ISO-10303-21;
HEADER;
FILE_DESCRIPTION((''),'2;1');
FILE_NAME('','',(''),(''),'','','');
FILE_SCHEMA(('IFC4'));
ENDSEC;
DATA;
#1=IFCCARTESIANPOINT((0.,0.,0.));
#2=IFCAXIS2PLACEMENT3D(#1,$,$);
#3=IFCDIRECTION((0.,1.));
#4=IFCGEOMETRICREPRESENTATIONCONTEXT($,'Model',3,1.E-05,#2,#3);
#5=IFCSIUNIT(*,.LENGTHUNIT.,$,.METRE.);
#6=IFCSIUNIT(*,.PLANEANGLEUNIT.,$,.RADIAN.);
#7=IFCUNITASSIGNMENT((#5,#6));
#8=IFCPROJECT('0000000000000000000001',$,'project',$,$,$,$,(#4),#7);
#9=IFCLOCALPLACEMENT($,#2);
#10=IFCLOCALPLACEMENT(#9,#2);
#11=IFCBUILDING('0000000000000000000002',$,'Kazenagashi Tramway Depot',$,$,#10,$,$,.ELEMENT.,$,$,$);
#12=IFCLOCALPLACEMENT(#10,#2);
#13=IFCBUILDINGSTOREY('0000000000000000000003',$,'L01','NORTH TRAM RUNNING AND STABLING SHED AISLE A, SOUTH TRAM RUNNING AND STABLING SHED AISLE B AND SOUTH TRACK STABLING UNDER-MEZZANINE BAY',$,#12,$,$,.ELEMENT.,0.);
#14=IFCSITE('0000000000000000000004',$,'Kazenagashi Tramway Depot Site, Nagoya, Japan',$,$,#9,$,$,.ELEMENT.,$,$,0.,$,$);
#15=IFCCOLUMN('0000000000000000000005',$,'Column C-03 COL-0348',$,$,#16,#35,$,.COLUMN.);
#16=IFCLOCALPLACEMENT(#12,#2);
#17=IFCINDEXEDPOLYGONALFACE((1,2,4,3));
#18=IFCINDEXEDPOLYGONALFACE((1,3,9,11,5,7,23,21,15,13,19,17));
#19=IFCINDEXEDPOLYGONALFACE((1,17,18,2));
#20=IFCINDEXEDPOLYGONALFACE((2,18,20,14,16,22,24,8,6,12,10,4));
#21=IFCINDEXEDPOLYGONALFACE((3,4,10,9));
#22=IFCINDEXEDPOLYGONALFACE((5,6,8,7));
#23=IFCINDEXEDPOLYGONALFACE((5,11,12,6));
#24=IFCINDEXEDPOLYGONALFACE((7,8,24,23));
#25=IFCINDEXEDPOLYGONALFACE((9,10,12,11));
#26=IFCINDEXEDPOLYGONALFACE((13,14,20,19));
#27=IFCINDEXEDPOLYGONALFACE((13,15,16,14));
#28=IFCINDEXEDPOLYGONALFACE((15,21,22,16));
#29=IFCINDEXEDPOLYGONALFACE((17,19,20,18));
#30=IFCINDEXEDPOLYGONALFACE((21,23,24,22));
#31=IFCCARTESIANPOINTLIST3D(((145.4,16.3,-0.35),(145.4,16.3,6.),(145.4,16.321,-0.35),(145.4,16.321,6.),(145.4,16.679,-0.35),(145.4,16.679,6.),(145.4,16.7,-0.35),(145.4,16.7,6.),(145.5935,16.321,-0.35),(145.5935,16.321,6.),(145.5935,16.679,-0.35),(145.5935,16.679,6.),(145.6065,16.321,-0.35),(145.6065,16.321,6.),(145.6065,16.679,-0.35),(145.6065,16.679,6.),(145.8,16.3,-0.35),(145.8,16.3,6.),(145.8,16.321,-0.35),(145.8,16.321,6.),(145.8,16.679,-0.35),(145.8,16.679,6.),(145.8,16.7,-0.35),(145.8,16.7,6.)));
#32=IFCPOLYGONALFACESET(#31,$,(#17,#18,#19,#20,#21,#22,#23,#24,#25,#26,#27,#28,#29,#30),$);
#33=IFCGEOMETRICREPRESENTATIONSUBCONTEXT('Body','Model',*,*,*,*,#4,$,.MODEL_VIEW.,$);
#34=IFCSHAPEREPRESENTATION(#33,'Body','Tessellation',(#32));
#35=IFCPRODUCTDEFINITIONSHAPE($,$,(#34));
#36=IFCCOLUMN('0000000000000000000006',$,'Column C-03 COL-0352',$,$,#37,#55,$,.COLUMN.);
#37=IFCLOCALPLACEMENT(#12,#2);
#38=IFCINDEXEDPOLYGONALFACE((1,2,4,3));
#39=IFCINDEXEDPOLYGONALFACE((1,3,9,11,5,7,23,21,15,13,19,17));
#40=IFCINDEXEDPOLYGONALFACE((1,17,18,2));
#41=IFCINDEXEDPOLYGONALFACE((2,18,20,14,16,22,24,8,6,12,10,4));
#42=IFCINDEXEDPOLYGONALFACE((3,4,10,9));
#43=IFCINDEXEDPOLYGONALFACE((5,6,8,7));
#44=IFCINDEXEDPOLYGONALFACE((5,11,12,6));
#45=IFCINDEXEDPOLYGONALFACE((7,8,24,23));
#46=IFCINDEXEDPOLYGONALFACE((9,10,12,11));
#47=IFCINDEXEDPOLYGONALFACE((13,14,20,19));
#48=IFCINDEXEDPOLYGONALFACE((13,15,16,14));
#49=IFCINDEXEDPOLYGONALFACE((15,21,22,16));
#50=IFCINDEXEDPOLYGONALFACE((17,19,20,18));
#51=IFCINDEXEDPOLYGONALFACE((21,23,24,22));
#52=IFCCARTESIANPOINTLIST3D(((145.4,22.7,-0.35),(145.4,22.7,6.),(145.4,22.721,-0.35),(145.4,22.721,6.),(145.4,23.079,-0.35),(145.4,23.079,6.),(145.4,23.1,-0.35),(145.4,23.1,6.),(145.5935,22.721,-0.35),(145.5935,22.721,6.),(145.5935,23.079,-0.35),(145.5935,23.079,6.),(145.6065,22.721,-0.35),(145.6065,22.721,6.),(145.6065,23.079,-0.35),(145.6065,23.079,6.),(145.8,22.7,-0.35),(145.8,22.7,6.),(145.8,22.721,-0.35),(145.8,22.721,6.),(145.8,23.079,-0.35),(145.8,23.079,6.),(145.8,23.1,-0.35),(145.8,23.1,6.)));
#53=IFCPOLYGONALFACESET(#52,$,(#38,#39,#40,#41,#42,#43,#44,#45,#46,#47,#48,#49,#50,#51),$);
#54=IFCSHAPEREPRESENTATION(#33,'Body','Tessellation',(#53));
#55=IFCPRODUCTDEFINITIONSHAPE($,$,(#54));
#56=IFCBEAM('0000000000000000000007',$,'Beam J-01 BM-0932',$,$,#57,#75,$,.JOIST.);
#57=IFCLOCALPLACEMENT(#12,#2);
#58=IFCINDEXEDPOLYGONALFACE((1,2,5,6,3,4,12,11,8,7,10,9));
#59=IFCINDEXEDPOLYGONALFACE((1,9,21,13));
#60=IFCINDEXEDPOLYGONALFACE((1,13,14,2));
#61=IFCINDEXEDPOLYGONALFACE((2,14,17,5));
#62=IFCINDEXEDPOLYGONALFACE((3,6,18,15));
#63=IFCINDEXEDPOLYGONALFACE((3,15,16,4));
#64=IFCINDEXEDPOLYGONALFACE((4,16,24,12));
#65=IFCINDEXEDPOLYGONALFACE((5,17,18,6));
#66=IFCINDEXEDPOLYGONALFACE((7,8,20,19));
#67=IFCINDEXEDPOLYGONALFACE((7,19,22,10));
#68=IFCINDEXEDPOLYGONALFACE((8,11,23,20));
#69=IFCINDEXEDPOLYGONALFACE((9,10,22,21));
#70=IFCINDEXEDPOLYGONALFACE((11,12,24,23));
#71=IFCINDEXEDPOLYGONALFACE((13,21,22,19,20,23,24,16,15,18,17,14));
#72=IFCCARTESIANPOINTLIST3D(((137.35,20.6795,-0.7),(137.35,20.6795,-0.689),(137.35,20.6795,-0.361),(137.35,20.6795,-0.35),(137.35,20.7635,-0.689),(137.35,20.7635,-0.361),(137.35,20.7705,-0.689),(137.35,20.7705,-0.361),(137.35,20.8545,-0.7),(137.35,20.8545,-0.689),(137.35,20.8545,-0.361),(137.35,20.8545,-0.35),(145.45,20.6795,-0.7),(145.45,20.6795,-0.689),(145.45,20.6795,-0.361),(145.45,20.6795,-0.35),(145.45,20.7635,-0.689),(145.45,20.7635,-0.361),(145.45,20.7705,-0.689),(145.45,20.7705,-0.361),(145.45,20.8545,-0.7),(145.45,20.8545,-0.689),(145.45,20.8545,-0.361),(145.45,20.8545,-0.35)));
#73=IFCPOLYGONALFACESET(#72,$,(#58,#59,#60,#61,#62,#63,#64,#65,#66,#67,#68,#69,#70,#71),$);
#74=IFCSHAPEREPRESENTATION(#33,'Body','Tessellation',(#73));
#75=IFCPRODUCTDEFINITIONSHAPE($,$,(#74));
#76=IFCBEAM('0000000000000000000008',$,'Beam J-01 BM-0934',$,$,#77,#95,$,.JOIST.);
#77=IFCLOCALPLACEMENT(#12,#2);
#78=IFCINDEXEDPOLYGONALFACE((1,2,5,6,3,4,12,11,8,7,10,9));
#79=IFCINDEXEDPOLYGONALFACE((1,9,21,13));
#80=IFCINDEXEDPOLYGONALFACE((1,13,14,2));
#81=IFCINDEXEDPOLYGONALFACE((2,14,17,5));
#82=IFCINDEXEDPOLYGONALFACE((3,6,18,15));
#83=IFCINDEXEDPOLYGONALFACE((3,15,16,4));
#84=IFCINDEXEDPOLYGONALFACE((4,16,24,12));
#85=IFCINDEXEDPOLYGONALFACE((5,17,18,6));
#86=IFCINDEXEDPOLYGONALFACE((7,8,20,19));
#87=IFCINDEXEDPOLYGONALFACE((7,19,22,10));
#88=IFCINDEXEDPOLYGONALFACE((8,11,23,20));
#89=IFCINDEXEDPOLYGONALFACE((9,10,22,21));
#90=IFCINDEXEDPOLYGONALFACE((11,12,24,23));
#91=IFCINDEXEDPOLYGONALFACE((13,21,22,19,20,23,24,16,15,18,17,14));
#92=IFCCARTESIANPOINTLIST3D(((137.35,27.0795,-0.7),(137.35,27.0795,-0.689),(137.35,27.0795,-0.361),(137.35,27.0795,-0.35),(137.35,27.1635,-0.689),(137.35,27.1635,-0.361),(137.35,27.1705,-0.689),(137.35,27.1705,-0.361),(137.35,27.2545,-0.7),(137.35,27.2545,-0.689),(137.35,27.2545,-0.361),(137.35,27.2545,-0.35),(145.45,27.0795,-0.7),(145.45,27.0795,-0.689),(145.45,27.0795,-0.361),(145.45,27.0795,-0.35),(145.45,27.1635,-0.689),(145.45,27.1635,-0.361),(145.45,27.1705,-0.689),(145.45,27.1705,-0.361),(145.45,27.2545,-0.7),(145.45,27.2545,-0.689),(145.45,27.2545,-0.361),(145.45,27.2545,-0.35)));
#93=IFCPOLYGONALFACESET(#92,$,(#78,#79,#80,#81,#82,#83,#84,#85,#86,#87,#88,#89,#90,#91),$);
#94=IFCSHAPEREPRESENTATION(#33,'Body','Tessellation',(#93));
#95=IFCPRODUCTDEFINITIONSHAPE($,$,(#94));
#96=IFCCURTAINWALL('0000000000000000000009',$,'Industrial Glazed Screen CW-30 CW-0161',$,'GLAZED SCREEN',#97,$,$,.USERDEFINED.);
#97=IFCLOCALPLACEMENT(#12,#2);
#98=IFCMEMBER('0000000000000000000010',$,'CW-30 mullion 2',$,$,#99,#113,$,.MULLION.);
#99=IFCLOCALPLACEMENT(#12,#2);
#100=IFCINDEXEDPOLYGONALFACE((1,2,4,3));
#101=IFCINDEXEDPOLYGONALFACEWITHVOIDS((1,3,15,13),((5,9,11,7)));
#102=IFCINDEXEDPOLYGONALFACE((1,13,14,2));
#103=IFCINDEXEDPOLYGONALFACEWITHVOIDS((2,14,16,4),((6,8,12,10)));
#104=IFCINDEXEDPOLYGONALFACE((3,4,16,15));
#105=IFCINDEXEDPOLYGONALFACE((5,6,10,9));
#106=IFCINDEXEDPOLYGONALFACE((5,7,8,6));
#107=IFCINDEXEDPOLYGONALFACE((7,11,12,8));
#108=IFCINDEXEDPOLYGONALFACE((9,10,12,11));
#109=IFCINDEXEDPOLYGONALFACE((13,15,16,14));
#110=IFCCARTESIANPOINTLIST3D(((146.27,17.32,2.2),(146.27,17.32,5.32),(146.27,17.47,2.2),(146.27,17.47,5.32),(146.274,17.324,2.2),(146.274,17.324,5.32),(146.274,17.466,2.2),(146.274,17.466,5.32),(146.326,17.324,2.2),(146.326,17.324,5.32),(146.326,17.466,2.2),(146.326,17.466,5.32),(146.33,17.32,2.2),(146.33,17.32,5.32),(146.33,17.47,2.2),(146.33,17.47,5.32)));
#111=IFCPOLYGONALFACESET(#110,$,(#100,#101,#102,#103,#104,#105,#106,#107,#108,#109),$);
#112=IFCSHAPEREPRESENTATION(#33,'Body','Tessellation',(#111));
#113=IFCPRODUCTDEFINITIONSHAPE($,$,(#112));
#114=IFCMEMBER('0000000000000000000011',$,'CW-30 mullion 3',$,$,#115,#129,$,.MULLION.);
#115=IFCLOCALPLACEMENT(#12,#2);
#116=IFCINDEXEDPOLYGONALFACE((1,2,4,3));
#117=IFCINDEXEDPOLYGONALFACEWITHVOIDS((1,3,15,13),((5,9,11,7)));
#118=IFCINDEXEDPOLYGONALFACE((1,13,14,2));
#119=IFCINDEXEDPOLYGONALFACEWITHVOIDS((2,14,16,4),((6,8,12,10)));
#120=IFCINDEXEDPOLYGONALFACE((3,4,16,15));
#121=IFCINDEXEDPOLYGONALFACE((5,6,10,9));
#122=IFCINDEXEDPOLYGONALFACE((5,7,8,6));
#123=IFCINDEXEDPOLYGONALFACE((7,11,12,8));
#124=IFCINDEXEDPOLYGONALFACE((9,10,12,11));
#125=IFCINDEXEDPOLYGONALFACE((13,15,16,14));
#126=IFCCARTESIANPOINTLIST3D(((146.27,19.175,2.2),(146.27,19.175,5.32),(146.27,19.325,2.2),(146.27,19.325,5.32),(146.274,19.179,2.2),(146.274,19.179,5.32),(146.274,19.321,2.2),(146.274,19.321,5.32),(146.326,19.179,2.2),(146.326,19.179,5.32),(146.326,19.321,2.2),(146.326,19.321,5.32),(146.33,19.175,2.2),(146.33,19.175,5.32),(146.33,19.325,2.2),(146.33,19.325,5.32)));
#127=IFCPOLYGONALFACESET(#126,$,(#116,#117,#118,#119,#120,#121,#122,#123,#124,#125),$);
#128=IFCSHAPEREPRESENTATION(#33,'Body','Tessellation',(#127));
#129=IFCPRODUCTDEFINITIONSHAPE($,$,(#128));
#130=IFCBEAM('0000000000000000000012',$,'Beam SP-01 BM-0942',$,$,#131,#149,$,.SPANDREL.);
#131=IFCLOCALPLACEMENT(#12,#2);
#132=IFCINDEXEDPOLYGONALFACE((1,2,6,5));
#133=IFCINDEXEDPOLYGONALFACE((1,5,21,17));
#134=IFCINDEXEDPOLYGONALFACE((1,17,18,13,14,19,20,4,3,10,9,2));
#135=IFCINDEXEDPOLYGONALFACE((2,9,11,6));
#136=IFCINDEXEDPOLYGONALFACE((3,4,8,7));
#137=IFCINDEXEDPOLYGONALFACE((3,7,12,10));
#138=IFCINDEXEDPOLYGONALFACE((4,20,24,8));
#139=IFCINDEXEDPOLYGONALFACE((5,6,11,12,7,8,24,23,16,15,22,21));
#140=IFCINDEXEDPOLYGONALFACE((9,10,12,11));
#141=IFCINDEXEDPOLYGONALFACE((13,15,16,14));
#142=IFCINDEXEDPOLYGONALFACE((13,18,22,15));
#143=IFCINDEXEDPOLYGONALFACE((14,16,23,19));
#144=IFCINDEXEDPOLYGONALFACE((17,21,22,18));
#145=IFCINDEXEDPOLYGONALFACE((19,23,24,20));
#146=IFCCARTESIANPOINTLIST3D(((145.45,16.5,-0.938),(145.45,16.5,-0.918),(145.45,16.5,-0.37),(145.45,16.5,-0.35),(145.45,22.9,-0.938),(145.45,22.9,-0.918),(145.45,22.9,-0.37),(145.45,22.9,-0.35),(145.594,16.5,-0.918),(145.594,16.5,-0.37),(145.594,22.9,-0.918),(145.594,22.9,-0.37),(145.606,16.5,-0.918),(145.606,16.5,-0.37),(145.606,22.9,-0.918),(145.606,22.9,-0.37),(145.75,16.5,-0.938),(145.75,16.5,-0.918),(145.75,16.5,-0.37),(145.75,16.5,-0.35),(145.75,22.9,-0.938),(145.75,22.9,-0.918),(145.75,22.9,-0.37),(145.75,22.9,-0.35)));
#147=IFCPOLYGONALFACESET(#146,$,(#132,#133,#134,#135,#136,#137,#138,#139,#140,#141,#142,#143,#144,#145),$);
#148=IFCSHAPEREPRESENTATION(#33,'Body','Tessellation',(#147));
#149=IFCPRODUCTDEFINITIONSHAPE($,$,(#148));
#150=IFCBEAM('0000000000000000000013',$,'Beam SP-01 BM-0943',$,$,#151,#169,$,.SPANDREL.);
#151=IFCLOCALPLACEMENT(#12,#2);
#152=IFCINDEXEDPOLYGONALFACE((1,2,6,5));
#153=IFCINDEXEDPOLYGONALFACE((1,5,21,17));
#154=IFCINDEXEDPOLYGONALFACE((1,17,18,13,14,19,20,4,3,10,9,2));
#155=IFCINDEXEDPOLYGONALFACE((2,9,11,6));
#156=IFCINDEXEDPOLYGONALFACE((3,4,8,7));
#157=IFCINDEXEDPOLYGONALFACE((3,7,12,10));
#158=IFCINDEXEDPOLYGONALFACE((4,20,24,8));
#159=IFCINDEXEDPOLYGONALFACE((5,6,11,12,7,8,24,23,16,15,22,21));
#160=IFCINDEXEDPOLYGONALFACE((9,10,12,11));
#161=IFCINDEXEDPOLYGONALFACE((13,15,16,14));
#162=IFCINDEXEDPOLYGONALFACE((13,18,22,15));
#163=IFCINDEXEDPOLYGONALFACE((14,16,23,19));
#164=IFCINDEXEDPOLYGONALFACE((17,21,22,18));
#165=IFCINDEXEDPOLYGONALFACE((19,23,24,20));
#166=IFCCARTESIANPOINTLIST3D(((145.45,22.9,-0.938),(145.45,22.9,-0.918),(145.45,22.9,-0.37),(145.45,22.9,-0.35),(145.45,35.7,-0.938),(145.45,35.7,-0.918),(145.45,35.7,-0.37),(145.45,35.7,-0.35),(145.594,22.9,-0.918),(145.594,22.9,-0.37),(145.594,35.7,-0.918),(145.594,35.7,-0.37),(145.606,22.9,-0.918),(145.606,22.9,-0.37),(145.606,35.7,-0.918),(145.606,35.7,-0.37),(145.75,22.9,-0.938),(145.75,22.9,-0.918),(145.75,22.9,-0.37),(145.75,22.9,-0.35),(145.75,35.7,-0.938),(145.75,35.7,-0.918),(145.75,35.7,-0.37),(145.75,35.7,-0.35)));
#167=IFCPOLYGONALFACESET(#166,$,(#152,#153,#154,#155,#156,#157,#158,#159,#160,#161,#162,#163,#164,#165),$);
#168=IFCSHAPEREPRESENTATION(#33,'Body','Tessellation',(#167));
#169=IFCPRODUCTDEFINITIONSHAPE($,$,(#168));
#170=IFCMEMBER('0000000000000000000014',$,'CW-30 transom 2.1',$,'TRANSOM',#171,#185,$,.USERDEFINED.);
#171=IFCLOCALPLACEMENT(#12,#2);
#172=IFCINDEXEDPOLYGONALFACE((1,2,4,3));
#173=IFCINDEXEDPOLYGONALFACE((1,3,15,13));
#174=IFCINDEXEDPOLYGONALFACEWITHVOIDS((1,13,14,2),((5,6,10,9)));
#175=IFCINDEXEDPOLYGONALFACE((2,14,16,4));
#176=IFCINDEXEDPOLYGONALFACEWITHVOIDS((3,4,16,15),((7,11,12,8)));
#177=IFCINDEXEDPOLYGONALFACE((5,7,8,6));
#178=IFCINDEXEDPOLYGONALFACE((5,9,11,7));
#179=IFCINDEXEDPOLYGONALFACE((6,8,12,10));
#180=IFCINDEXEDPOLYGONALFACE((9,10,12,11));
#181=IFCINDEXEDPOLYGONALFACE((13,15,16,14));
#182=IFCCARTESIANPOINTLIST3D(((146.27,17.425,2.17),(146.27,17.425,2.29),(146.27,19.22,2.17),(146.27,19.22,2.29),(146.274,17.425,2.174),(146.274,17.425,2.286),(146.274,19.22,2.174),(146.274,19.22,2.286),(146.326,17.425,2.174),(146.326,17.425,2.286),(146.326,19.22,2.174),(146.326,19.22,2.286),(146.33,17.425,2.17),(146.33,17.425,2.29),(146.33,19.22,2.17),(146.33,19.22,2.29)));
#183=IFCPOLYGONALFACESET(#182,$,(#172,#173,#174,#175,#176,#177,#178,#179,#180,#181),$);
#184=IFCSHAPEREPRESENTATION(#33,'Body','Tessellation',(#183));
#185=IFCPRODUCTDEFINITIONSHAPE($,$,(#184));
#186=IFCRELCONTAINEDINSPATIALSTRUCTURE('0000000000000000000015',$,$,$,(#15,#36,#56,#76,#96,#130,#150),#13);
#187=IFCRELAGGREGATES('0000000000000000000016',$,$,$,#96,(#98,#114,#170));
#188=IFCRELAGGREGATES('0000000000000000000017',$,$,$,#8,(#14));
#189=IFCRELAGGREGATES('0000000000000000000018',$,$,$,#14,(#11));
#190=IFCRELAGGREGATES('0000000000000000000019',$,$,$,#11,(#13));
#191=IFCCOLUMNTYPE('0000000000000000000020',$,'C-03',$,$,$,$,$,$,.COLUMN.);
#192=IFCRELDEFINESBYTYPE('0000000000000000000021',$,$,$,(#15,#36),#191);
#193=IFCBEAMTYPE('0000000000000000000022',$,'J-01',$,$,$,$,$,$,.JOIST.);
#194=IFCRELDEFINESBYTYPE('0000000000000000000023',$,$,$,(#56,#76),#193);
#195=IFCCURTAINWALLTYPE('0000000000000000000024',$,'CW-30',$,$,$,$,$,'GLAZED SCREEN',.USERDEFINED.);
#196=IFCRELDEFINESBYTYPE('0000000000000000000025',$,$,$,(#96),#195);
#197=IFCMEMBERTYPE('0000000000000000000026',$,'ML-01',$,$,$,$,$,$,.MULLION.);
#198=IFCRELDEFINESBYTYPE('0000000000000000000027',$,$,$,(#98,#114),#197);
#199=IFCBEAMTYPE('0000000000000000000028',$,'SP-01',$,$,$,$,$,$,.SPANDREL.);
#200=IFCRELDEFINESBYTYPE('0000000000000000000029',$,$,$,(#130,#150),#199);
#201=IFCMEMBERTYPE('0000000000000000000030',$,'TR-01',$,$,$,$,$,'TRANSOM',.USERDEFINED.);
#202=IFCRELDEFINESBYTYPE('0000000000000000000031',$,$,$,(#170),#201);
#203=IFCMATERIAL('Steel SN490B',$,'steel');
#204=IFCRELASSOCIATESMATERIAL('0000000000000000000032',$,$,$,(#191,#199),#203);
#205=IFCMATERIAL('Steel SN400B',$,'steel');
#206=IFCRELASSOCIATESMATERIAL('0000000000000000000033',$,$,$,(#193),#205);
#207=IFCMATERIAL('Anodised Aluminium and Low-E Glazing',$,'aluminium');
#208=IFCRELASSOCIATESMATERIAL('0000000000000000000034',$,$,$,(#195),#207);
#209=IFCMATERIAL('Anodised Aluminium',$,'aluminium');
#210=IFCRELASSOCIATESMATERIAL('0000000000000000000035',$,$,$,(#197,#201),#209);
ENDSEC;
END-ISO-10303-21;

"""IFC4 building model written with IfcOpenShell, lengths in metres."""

from ifc_helpers import new_model, si_unit, direction, frame, origin, origin_2d, place, context, subcontext, project, spatial, hollow_rectangle, i_section, extrude, material, material_profile, profile_set, type_object, element, aggregate, save


model = new_model("IFC4")

# Units and contexts
model_context = context("Model", 3, precision=1e-05, world=origin(), true_north=direction((0.0, 1.0)))
body_context = subcontext(model_context, "Body", "Model", "MODEL_VIEW")
ifc_project = project(units=[si_unit("LENGTHUNIT", "METRE"), si_unit("PLANEANGLEUNIT", "RADIAN")], contexts=[model_context])

# Site, building, storey
site_placement = place(None, origin())
site = spatial("IfcSite", under=ifc_project, at=site_placement, Name="Kazenagashi Tramway Depot Site, Nagoya, Japan", CompositionType="ELEMENT", RefElevation=0.0)
building_placement = place(site_placement, origin())
building = spatial("IfcBuilding", under=site, at=building_placement, Name="Kazenagashi Tramway Depot", CompositionType="ELEMENT")
storey_placement = place(building_placement, origin())
storey = spatial("IfcBuildingStorey", under=building, at=storey_placement, Name="L01", Description="NORTH TRAM RUNNING AND STABLING SHED AISLE A, SOUTH TRAM RUNNING AND STABLING SHED AISLE B AND SOUTH TRACK STABLING UNDER-MEZZANINE BAY", CompositionType="ELEMENT", Elevation=0.0)

# Columns
ifc_material_1 = material(Name="Steel SN490B", Category="steel")
ifc_material_profile_1 = material_profile(ifc_material_1, i_section(OverallWidth=0.4, OverallDepth=0.4, WebThickness=0.013, FlangeThickness=0.021, at=origin_2d()), Name="H-400x400x13x21")
ifc_profile_set_1 = profile_set([ifc_material_profile_1], Name="Steel SN490B")
column_type = type_object("IfcColumnType", Name="C-03", PredefinedType="COLUMN", material=ifc_profile_set_1)
for number, where, z_axis, x_axis, name in (
    (1, (145.6, 16.5, -0.35), (0.0, 0.0, 1.0), (1.0, 0.0, 0.0), "Column C-03 COL-0348"),
    (2, (145.6, 22.9, -0.35), (0.0, 0.0, 1.0), (1.0, 0.0, 0.0), "Column C-03 COL-0352"),
):
    element("IfcColumn", number, at=place(storey_placement, frame(where, z_axis=z_axis, x_axis=x_axis)), inside=storey, type_object=column_type, Name=name, PredefinedType="COLUMN", context=body_context, shape_type="SweptSolid", body=[
        extrude(i_section(OverallWidth=0.4, OverallDepth=0.4, WebThickness=0.013, FlangeThickness=0.021, at=origin_2d()), origin(), (0.0, 0.0, 1.0), 6.35),
    ])

# Beams
ifc_material_2 = material(Name="Steel SN400B", Category="steel")
ifc_material_profile_2 = material_profile(ifc_material_2, i_section(OverallWidth=0.175, OverallDepth=0.35, WebThickness=0.007, FlangeThickness=0.011, at=origin_2d()), Name="H-350x175x7x11")
ifc_profile_set_2 = profile_set([ifc_material_profile_2], Name="Steel SN400B")
beam_type_1 = type_object("IfcBeamType", Name="J-01", PredefinedType="JOIST", material=ifc_profile_set_2)
for number, where, z_axis, x_axis, name in (
    (3, (137.35, 20.767, -0.525), (1.0, 0.0, 0.0), (0.0, 1.0, 0.0), "Beam J-01 BM-0932"),
    (4, (137.35, 27.167, -0.525), (1.0, 0.0, 0.0), (0.0, 1.0, 0.0), "Beam J-01 BM-0934"),
):
    element("IfcBeam", number, at=place(storey_placement, frame(where, z_axis=z_axis, x_axis=x_axis)), inside=storey, type_object=beam_type_1, Name=name, PredefinedType="JOIST", context=body_context, shape_type="SweptSolid", body=[
        extrude(i_section(OverallWidth=0.175, OverallDepth=0.35, WebThickness=0.007, FlangeThickness=0.011, at=origin_2d()), origin(), (0.0, 0.0, 1.0), 8.1),
    ])

# Curtain wall, members
ifc_material_3 = material(Name="Anodised Aluminium and Low-E Glazing", Category="aluminium")
curtain_wall_type = type_object("IfcCurtainWallType", Name="CW-30", ElementType="GLAZED SCREEN", PredefinedType="USERDEFINED", material=ifc_material_3)
curtain_wall_placement = place(storey_placement, origin())
curtain_wall = element("IfcCurtainWall", 5, at=curtain_wall_placement, inside=storey, type_object=curtain_wall_type, Name="Industrial Glazed Screen CW-30 CW-0161", ObjectType="GLAZED SCREEN", PredefinedType="USERDEFINED")
ifc_material_4 = material(Name="Anodised Aluminium", Category="aluminium")
ifc_material_profile_3 = material_profile(ifc_material_4, hollow_rectangle(XDim=0.06, YDim=0.15, WallThickness=0.004, at=origin_2d()), Name="RHS-150x60x4")
ifc_profile_set_3 = profile_set([ifc_material_profile_3], Name="Anodised Aluminium")
member_type_1 = type_object("IfcMemberType", Name="ML-01", PredefinedType="MULLION", material=ifc_profile_set_3)
member_1_placement = place(storey_placement, frame((146.3, 17.395, 2.2), z_axis=(0.0, 0.0, 1.0), x_axis=(-1.0, 0.0, 0.0)))
member_1 = element("IfcMember", 6, at=member_1_placement, type_object=member_type_1, Name="CW-30 mullion 2", PredefinedType="MULLION", context=body_context, shape_type="SweptSolid", body=[
    extrude(hollow_rectangle(XDim=0.06, YDim=0.15, WallThickness=0.004, at=origin_2d()), origin(), (0.0, 0.0, 1.0), 3.12),
])
member_2_placement = place(storey_placement, frame((146.3, 19.25, 2.2), z_axis=(0.0, 0.0, 1.0), x_axis=(-1.0, 0.0, 0.0)))
member_2 = element("IfcMember", 7, at=member_2_placement, type_object=member_type_1, Name="CW-30 mullion 3", PredefinedType="MULLION", context=body_context, shape_type="SweptSolid", body=[
    extrude(hollow_rectangle(XDim=0.06, YDim=0.15, WallThickness=0.004, at=origin_2d()), origin(), (0.0, 0.0, 1.0), 3.12),
])

# Beams
ifc_material_profile_4 = material_profile(ifc_material_1, i_section(OverallWidth=0.3, OverallDepth=0.588, WebThickness=0.012, FlangeThickness=0.02, at=origin_2d()), Name="H-588x300x12x20")
ifc_profile_set_4 = profile_set([ifc_material_profile_4], Name="Steel SN490B")
beam_type_2 = type_object("IfcBeamType", Name="SP-01", PredefinedType="SPANDREL", material=ifc_profile_set_4)
beam_1_placement = place(storey_placement, frame((145.6, 16.5, -0.644), z_axis=(0.0, 1.0, 0.0), x_axis=(-1.0, 0.0, 0.0)))
element("IfcBeam", 8, at=beam_1_placement, inside=storey, type_object=beam_type_2, Name="Beam SP-01 BM-0942", PredefinedType="SPANDREL", context=body_context, shape_type="SweptSolid", body=[
    extrude(i_section(OverallWidth=0.3, OverallDepth=0.588, WebThickness=0.012, FlangeThickness=0.02, at=origin_2d()), origin(), (0.0, 0.0, 1.0), 6.4),
])
beam_2_placement = place(storey_placement, frame((145.6, 22.9, -0.644), z_axis=(0.0, 1.0, 0.0), x_axis=(-1.0, 0.0, 0.0)))
element("IfcBeam", 9, at=beam_2_placement, inside=storey, type_object=beam_type_2, Name="Beam SP-01 BM-0943", PredefinedType="SPANDREL", context=body_context, shape_type="SweptSolid", body=[
    extrude(i_section(OverallWidth=0.3, OverallDepth=0.588, WebThickness=0.012, FlangeThickness=0.02, at=origin_2d()), origin(), (0.0, 0.0, 1.0), 12.8),
])

# Member
ifc_material_profile_5 = material_profile(ifc_material_4, hollow_rectangle(XDim=0.06, YDim=0.12, WallThickness=0.004, at=origin_2d()), Name="RHS-120x60x4")
ifc_profile_set_5 = profile_set([ifc_material_profile_5], Name="Anodised Aluminium")
member_type_2 = type_object("IfcMemberType", Name="TR-01", ElementType="TRANSOM", PredefinedType="USERDEFINED", material=ifc_profile_set_5)
member_3_placement = place(storey_placement, frame((146.3, 17.425, 2.23), z_axis=(0.0, 1.0, 0.0), x_axis=(-1.0, 0.0, 0.0)))
member_3 = element("IfcMember", 10, at=member_3_placement, type_object=member_type_2, Name="CW-30 transom 2.1", ObjectType="TRANSOM", PredefinedType="USERDEFINED", context=body_context, shape_type="SweptSolid", body=[
    extrude(hollow_rectangle(XDim=0.06, YDim=0.12, WallThickness=0.004, at=origin_2d()), origin(), (0.0, 0.0, 1.0), 1.795),
])

aggregate(curtain_wall, [member_1, member_2, member_3])

save(model, "model.ifc")
